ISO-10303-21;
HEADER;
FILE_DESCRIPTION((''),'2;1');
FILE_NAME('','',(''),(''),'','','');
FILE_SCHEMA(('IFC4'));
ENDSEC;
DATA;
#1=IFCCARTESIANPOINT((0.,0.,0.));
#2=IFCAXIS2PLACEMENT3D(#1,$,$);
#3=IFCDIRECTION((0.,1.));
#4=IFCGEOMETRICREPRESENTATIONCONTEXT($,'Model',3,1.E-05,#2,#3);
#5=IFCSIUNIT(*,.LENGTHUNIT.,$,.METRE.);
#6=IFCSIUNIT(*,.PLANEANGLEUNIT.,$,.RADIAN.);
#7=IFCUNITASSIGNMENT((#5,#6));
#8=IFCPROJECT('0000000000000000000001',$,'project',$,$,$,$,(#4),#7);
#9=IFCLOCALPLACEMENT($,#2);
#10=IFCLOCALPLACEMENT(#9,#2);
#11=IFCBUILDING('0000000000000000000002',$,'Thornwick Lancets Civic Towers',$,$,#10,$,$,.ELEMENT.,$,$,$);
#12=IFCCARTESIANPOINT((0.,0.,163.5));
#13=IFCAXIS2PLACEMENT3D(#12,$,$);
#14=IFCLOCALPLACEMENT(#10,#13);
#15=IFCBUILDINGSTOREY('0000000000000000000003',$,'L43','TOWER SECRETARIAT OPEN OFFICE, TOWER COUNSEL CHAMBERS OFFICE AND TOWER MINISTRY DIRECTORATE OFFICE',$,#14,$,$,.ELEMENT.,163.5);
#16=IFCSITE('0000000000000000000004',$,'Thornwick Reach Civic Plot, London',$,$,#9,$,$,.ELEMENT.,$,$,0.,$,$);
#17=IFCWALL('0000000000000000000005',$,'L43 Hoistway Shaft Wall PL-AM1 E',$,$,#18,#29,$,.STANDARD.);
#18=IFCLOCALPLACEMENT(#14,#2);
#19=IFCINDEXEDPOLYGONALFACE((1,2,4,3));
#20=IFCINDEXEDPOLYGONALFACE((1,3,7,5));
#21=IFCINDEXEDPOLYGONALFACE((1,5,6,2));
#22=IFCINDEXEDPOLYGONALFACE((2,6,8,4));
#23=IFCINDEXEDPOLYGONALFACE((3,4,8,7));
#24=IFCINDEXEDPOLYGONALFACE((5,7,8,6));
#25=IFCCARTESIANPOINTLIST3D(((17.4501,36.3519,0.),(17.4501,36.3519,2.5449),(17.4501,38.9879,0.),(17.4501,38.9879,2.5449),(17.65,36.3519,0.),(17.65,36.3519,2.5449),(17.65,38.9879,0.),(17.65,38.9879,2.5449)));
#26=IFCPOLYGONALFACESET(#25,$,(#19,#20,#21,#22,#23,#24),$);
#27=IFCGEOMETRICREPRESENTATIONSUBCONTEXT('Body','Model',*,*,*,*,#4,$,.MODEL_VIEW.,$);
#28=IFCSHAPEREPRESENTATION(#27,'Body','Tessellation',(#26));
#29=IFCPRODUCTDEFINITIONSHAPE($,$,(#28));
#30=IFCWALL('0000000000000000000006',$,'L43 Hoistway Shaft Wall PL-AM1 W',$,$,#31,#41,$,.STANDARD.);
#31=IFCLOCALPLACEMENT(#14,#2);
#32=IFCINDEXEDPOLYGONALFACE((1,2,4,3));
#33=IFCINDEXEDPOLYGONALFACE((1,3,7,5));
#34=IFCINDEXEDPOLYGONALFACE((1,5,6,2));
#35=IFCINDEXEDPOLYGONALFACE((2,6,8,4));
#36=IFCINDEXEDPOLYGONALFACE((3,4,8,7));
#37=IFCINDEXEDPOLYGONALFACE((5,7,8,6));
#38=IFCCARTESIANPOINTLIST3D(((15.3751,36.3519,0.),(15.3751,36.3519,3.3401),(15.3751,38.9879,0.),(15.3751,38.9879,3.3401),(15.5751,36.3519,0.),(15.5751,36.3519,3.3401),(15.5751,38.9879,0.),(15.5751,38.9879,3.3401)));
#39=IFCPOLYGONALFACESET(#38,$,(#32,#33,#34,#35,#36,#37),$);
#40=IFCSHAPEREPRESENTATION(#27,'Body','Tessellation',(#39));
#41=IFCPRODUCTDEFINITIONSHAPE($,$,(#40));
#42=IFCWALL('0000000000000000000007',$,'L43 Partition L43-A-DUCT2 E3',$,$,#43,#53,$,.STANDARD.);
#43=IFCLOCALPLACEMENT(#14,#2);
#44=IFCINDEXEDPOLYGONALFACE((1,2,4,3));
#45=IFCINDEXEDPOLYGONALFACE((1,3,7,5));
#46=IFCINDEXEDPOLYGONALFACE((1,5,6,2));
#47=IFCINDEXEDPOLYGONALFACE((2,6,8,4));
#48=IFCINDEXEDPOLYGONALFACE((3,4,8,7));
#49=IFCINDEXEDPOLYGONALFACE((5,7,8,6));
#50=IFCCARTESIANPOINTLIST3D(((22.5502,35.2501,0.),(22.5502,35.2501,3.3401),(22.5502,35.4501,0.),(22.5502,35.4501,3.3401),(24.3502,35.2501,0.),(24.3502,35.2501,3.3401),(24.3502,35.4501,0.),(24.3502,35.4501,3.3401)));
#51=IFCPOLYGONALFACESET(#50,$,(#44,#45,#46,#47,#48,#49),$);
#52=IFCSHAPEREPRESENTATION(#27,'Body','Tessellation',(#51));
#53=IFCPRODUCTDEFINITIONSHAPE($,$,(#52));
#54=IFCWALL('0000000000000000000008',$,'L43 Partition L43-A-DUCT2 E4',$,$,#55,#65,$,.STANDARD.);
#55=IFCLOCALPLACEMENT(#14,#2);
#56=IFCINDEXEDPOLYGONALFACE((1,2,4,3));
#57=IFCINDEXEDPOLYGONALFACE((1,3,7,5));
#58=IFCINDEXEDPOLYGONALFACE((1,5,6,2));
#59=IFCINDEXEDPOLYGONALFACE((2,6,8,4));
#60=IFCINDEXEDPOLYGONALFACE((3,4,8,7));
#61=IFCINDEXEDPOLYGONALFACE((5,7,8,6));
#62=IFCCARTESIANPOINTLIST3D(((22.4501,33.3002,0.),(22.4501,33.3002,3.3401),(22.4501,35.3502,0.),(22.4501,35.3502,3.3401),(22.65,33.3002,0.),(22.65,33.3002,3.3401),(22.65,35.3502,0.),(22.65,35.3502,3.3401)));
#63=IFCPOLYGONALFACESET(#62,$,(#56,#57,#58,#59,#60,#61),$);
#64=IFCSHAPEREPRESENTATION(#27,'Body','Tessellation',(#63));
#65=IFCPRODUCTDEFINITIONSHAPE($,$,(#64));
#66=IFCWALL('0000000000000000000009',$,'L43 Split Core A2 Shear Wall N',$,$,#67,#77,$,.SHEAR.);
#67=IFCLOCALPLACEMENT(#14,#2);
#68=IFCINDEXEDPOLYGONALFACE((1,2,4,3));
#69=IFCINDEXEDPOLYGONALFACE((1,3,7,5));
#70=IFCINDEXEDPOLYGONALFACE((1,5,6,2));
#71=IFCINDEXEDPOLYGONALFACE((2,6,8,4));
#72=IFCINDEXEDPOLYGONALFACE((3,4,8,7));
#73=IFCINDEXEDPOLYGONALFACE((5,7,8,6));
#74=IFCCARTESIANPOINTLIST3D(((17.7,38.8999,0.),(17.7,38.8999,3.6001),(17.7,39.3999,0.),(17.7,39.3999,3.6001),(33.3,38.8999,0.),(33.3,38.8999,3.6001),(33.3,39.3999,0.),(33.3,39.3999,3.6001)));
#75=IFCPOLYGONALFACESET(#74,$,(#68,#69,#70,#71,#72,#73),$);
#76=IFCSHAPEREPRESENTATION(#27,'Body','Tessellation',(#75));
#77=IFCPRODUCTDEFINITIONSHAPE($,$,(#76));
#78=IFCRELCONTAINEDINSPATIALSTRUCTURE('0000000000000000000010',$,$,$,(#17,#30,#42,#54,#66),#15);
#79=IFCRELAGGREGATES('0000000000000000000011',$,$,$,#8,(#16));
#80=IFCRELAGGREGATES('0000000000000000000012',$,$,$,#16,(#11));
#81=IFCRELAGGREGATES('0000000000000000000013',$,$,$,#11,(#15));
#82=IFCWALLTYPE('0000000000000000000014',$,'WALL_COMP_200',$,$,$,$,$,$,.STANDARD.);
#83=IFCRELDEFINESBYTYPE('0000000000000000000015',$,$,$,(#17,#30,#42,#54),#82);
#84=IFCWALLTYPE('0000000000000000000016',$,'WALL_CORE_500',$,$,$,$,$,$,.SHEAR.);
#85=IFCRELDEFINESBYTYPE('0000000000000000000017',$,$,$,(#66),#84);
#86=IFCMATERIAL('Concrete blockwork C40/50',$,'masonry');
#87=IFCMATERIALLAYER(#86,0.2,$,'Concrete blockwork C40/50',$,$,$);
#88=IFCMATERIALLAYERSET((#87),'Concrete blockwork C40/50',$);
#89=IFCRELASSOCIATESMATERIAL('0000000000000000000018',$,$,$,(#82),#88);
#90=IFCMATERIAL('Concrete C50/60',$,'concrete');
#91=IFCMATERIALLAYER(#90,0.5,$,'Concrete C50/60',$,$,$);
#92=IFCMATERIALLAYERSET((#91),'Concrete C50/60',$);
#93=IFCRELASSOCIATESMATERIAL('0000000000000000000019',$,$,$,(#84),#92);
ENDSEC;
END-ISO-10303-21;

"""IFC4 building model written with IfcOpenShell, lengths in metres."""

from ifc_helpers import new_model, si_unit, direction, frame, frame_2d, origin, place, context, subcontext, project, spatial, rectangle, extrude, material, layer, layer_set, type_object, element, save


model = new_model("IFC4")

# Units and contexts
model_context = context("Model", 3, precision=1e-05, world=origin(), true_north=direction((0.0, 1.0)))
body_context = subcontext(model_context, "Body", "Model", "MODEL_VIEW")
ifc_project = project(units=[si_unit("LENGTHUNIT", "METRE"), si_unit("PLANEANGLEUNIT", "RADIAN")], contexts=[model_context])

# Site, building, storey
site_placement = place(None, origin())
site = spatial("IfcSite", under=ifc_project, at=site_placement, Name="Thornwick Reach Civic Plot, London", CompositionType="ELEMENT", RefElevation=0.0)
building_placement = place(site_placement, origin())
building = spatial("IfcBuilding", under=site, at=building_placement, Name="Thornwick Lancets Civic Towers", CompositionType="ELEMENT")
storey_placement = place(building_placement, frame((0.0, 0.0, 163.5)))
storey = spatial("IfcBuildingStorey", under=building, at=storey_placement, Name="L43", Description="TOWER SECRETARIAT OPEN OFFICE, TOWER COUNSEL CHAMBERS OFFICE AND TOWER MINISTRY DIRECTORATE OFFICE", CompositionType="ELEMENT", Elevation=163.5)

# Shared definitions
ifc_material_1 = material(Name="Concrete C50/60", Category="concrete")

# Shared definitions
ifc_material_2 = material(Name="Concrete blockwork C40/50", Category="masonry")
ifc_layer_1 = layer(ifc_material_2, 0.2, Name="Concrete blockwork C40/50")
ifc_layer_set_1 = layer_set([ifc_layer_1], Name="Concrete blockwork C40/50")
wall_type_1 = type_object("IfcWallType", Name="WALL_COMP_200", PredefinedType="STANDARD", material=ifc_layer_set_1)

# Walls
wall_1_placement = place(storey_placement, frame((17.55, 36.3521, 0.0), z_axis=(0.0, 0.0, 1.0), x_axis=(0.0, 1.0, 0.0)))
element("IfcWall", 1, at=wall_1_placement, inside=storey, type_object=wall_type_1, Name="L43 Hoistway Shaft Wall PL-AM1 E", PredefinedType="STANDARD", context=body_context, shape_type="SweptSolid", body=[
    extrude(rectangle(XDim=2.636, YDim=0.2, at=frame_2d((1.3179, 0.0))), origin(), (0.0, 0.0, 1.0), 2.5449),
])
wall_2_placement = place(storey_placement, frame((15.4751, 36.3521, 0.0), z_axis=(0.0, 0.0, 1.0), x_axis=(0.0, 1.0, 0.0)))
element("IfcWall", 2, at=wall_2_placement, inside=storey, type_object=wall_type_1, Name="L43 Hoistway Shaft Wall PL-AM1 W", PredefinedType="STANDARD", context=body_context, shape_type="SweptSolid", body=[
    extrude(rectangle(XDim=2.636, YDim=0.2, at=frame_2d((1.3179, 0.0))), origin(), (0.0, 0.0, 1.0), 3.3401),
])
wall_3_placement = place(storey_placement, frame((24.3501, 35.3501, 0.0), z_axis=(0.0, 0.0, 1.0), x_axis=(-1.0, 0.0, 0.0)))
element("IfcWall", 3, at=wall_3_placement, inside=storey, type_object=wall_type_1, Name="L43 Partition L43-A-DUCT2 E3", PredefinedType="STANDARD", context=body_context, shape_type="SweptSolid", body=[
    extrude(rectangle(XDim=1.8, YDim=0.2, at=frame_2d((0.8999, 0.0))), origin(), (0.0, 0.0, 1.0), 3.3401),
])
wall_4_placement = place(storey_placement, frame((22.55, 35.3501, 0.0), z_axis=(0.0, 0.0, 1.0), x_axis=(0.0, -1.0, 0.0)))
element("IfcWall", 4, at=wall_4_placement, inside=storey, type_object=wall_type_1, Name="L43 Partition L43-A-DUCT2 E4", PredefinedType="STANDARD", context=body_context, shape_type="SweptSolid", body=[
    extrude(rectangle(XDim=2.05, YDim=0.2, at=frame_2d((1.0249, 0.0))), origin(), (0.0, 0.0, 1.0), 3.3401),
])
ifc_layer_2 = layer(ifc_material_1, 0.5, Name="Concrete C50/60")
ifc_layer_set_2 = layer_set([ifc_layer_2], Name="Concrete C50/60")
wall_type_2 = type_object("IfcWallType", Name="WALL_CORE_500", PredefinedType="SHEAR", material=ifc_layer_set_2)
wall_5_placement = place(storey_placement, frame((17.7, 39.1499, 0.0), z_axis=(0.0, 0.0, 1.0), x_axis=(1.0, 0.0, 0.0)))
element("IfcWall", 5, at=wall_5_placement, inside=storey, type_object=wall_type_2, Name="L43 Split Core A2 Shear Wall N", PredefinedType="SHEAR", context=body_context, shape_type="SweptSolid", body=[
    extrude(rectangle(XDim=15.6001, YDim=0.5, at=frame_2d((7.8, 0.0))), origin(), (0.0, 0.0, 1.0), 3.6001),
])

save(model, "model.ifc")
